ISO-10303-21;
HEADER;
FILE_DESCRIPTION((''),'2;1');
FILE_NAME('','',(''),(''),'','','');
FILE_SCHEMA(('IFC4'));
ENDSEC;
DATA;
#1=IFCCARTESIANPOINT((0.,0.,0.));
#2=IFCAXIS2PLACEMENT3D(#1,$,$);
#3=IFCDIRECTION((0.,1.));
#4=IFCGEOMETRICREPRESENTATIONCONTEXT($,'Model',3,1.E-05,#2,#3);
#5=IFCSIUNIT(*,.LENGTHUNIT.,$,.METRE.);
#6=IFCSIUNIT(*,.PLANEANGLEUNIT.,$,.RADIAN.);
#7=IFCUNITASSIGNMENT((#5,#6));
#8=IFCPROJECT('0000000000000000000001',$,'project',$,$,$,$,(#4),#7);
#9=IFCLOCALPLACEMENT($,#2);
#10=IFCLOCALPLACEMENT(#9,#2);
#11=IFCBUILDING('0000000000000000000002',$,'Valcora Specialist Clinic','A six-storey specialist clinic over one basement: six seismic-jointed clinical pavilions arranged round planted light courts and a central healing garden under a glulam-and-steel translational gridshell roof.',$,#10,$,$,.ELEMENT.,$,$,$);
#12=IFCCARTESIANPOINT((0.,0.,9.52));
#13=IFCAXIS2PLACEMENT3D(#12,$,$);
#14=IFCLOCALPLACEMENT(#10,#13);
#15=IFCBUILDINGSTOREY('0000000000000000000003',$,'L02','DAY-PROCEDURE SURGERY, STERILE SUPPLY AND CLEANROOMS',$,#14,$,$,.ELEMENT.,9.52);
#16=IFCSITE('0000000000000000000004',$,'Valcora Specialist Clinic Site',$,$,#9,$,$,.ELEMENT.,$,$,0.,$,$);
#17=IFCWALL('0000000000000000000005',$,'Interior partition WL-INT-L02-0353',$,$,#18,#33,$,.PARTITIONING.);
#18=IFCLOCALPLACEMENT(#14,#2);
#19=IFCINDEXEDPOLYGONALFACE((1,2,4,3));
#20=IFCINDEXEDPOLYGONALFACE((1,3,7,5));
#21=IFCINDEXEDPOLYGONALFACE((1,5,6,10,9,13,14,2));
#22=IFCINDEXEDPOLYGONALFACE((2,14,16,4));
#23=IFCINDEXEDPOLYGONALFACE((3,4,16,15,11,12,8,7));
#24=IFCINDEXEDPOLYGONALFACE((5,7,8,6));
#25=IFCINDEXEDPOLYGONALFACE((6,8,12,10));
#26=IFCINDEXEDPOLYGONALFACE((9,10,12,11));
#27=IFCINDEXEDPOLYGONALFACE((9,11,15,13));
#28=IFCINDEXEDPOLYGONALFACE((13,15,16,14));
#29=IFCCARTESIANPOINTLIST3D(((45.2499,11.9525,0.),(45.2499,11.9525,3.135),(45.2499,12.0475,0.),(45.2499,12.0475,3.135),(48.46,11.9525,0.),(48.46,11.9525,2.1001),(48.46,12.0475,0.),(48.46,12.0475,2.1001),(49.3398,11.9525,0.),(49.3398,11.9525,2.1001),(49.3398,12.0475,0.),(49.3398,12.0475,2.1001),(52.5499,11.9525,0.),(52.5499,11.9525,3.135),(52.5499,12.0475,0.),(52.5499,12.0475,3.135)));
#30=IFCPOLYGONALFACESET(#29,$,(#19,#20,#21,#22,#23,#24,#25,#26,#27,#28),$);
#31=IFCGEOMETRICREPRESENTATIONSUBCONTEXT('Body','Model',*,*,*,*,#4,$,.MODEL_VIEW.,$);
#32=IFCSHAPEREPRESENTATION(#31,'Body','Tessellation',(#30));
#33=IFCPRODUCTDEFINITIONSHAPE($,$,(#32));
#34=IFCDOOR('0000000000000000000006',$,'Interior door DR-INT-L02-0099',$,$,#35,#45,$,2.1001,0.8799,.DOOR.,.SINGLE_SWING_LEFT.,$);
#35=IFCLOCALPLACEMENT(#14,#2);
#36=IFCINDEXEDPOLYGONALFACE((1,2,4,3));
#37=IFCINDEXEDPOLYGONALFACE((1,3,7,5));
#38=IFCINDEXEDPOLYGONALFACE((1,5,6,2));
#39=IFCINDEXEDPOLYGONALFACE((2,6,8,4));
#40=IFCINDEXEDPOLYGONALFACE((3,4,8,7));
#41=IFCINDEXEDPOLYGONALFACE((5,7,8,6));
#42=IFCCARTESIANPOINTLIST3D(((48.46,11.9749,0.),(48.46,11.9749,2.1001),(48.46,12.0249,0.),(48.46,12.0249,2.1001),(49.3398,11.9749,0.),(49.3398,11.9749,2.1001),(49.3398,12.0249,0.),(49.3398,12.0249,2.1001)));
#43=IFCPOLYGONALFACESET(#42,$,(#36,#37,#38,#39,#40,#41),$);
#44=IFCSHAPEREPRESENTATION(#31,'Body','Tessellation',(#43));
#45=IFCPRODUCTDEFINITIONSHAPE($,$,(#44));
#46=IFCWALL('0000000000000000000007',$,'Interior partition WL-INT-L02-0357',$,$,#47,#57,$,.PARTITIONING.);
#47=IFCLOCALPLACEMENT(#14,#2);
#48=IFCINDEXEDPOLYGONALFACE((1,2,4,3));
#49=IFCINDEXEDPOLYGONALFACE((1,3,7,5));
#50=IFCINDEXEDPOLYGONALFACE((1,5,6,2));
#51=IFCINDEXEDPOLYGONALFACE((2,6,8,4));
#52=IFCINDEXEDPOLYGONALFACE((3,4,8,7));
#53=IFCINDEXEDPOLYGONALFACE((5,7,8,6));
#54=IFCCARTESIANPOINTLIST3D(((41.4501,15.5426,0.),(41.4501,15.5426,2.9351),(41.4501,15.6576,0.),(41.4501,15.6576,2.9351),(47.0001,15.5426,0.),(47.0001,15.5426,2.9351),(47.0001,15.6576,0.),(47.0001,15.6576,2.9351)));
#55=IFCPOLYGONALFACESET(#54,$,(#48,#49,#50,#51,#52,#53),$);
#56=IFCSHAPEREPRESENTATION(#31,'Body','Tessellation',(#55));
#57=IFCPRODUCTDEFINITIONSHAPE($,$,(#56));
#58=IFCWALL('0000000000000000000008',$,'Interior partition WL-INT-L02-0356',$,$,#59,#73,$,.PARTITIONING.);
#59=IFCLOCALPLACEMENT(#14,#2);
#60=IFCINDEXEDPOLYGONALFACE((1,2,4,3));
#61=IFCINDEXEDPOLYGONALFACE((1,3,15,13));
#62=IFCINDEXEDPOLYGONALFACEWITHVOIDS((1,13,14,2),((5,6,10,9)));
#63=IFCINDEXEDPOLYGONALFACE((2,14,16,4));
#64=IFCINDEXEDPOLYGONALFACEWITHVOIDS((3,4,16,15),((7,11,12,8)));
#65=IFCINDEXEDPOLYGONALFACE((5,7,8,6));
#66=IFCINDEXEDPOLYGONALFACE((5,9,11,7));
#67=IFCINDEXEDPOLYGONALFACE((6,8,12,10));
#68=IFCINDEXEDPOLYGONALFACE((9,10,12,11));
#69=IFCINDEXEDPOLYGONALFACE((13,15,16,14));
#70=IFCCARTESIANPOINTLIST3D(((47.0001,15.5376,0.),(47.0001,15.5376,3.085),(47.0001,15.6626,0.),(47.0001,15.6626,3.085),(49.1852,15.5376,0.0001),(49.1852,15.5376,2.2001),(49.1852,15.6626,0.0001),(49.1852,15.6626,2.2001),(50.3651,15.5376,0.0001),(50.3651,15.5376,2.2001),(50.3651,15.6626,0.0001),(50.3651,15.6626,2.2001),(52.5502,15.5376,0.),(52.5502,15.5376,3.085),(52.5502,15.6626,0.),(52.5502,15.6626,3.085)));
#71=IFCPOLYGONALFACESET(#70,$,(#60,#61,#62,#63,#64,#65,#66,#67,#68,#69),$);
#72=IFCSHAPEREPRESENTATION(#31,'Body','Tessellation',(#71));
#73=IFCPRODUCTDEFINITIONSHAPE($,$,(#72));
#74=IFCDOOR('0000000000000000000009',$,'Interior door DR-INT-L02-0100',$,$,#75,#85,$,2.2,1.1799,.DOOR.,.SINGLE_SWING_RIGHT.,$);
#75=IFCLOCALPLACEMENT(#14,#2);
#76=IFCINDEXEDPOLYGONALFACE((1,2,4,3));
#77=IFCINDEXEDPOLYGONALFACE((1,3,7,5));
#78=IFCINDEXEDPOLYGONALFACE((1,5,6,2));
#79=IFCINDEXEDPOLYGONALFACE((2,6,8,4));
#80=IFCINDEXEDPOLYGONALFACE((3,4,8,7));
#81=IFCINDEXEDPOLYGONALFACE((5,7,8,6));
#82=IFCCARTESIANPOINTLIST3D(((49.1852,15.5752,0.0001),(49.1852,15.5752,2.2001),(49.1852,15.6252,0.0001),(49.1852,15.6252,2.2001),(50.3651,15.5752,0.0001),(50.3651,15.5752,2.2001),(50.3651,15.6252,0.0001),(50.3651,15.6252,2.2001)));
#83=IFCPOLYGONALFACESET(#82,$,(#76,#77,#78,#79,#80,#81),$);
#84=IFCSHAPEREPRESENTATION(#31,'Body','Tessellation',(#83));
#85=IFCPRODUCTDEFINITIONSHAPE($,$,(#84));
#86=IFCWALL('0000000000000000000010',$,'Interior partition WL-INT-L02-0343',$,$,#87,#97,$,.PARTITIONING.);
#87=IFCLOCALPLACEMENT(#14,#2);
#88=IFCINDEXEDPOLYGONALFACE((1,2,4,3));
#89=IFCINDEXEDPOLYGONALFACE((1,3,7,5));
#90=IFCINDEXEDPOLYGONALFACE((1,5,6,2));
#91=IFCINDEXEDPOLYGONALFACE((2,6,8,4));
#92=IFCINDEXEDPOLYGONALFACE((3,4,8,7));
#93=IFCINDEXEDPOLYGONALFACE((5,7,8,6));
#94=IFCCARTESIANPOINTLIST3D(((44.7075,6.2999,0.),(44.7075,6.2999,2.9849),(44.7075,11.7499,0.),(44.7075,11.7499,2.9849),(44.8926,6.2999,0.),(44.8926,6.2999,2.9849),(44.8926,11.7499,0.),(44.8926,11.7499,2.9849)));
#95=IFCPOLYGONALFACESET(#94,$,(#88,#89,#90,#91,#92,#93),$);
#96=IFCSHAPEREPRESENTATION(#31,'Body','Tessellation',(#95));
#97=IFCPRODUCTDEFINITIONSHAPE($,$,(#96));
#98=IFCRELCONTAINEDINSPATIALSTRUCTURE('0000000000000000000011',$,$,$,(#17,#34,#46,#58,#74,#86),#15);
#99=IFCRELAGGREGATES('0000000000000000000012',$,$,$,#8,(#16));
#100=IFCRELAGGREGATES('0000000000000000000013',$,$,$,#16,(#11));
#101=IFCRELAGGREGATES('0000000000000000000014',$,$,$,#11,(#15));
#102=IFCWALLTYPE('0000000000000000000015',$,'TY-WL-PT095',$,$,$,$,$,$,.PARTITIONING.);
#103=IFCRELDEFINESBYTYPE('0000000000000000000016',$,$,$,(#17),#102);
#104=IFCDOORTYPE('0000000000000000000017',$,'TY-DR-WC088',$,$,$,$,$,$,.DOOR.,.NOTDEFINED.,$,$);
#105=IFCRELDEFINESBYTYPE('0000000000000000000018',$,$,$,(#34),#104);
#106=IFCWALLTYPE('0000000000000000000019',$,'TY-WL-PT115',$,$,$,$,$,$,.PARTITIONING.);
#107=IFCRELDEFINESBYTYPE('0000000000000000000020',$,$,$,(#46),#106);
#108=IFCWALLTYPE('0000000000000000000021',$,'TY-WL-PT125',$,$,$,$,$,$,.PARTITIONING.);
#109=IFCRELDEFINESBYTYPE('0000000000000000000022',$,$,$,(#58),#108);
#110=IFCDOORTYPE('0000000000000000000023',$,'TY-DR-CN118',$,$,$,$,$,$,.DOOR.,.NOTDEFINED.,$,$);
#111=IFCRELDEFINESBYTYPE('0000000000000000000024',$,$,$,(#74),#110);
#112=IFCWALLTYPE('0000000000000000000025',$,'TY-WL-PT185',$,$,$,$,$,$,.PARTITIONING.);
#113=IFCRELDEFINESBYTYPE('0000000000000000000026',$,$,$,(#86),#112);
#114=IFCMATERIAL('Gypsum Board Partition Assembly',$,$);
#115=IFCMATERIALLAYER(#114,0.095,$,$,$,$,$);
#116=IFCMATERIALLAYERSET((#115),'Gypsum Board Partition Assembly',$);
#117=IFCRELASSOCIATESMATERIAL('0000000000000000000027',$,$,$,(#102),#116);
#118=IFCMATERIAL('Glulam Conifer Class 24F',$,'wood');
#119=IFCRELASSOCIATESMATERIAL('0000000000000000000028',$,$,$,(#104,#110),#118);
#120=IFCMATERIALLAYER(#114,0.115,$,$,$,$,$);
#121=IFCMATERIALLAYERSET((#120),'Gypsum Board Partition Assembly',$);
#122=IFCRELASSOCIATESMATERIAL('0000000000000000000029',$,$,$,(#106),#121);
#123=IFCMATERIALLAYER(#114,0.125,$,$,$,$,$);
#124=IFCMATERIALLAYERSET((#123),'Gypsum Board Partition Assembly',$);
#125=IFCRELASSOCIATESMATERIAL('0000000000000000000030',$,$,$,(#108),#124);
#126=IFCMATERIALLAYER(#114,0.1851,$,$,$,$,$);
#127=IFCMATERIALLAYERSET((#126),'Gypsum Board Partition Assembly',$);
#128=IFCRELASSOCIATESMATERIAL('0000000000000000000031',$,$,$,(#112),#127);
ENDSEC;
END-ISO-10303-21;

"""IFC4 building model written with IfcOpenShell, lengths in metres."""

from ifc_helpers import new_model, si_unit, direction, frame, frame_2d, origin, place, context, subcontext, project, spatial, rectangle, extrude, material, layer, layer_set, type_object, element, fill, save


model = new_model("IFC4")

# Units and contexts
model_context = context("Model", 3, precision=1e-05, world=origin(), true_north=direction((0.0, 1.0)))
body_context = subcontext(model_context, "Body", "Model", "MODEL_VIEW")
ifc_project = project(units=[si_unit("LENGTHUNIT", "METRE"), si_unit("PLANEANGLEUNIT", "RADIAN")], contexts=[model_context])

# Site, building, storey
site_placement = place(None, origin())
site = spatial("IfcSite", under=ifc_project, at=site_placement, Name="Valcora Specialist Clinic Site", CompositionType="ELEMENT", RefElevation=0.0)
building_placement = place(site_placement, origin())
building = spatial("IfcBuilding", under=site, at=building_placement, Name="Valcora Specialist Clinic", Description="A six-storey specialist clinic over one basement: six seismic-jointed clinical pavilions arranged round planted light courts and a central healing garden under a glulam-and-steel translational gridshell roof.", CompositionType="ELEMENT")
storey_placement = place(building_placement, frame((0.0, 0.0, 9.52)))
storey = spatial("IfcBuildingStorey", under=building, at=storey_placement, Name="L02", Description="DAY-PROCEDURE SURGERY, STERILE SUPPLY AND CLEANROOMS", CompositionType="ELEMENT", Elevation=9.52)

# Wall, opening, door
ifc_material_1 = material(Name="Gypsum Board Partition Assembly")
ifc_layer_1 = layer(ifc_material_1, 0.095)
ifc_layer_set_1 = layer_set([ifc_layer_1], Name="Gypsum Board Partition Assembly")
wall_type_1 = type_object("IfcWallType", Name="TY-WL-PT095", PredefinedType="PARTITIONING", material=ifc_layer_set_1)
wall_1_placement = place(storey_placement, frame((45.25, 12.0, 0.0), z_axis=(0.0, 0.0, 1.0), x_axis=(1.0, 0.0, 0.0)))
wall_1 = element("IfcWall", 1, at=wall_1_placement, inside=storey, type_object=wall_type_1, Name="Interior partition WL-INT-L02-0353", PredefinedType="PARTITIONING", context=body_context, shape_type="SweptSolid", body=[
    extrude(rectangle(XDim=7.3, YDim=0.095, at=frame_2d((3.6499, 0.0))), origin(), (0.0, 0.0, 1.0), 3.135),
])
opening_1_placement = place(wall_1_placement, frame((3.21, 0.0, 0.0)))
opening_1 = element("IfcOpeningElement", 2, at=opening_1_placement, cuts=wall_1, PredefinedType="OPENING", context=body_context, shape_type="SweptSolid", body=[
    extrude(rectangle(XDim=0.8799, YDim=2.1001, at=frame_2d((0.4399, 1.05))), frame((0.0, 0.0574, 0.0), z_axis=(0.0, -1.0, 0.0), x_axis=(1.0, 0.0, 0.0)), (0.0, 0.0, 1.0), 0.115),
])
ifc_material_2 = material(Name="Glulam Conifer Class 24F", Category="wood")
door_type_1 = type_object("IfcDoorType", Name="TY-DR-WC088", OperationType="NOTDEFINED", PredefinedType="DOOR", material=ifc_material_2)
door_1_placement = place(opening_1_placement, origin())
door_1 = element("IfcDoor", 3, at=door_1_placement, inside=storey, type_object=door_type_1, Name="Interior door DR-INT-L02-0099", OperationType="SINGLE_SWING_LEFT", OverallHeight=2.1001, OverallWidth=0.8799, PredefinedType="DOOR", context=body_context, shape_type="SweptSolid", body=[
    extrude(rectangle(XDim=0.8799, YDim=2.1001, at=frame_2d((0.4399, 1.05))), frame((0.0, 0.0249, 0.0), z_axis=(0.0, -1.0, 0.0), x_axis=(1.0, 0.0, 0.0)), (0.0, 0.0, 1.0), 0.05),
])
fill(opening_1, door_1)

# Wall
ifc_layer_2 = layer(ifc_material_1, 0.115)
ifc_layer_set_2 = layer_set([ifc_layer_2], Name="Gypsum Board Partition Assembly")
wall_type_2 = type_object("IfcWallType", Name="TY-WL-PT115", PredefinedType="PARTITIONING", material=ifc_layer_set_2)
wall_2_placement = place(storey_placement, frame((47.0, 15.6001, 0.0), z_axis=(0.0, 0.0, 1.0), x_axis=(-1.0, 0.0, 0.0)))
element("IfcWall", 4, at=wall_2_placement, inside=storey, type_object=wall_type_2, Name="Interior partition WL-INT-L02-0357", PredefinedType="PARTITIONING", context=body_context, shape_type="SweptSolid", body=[
    extrude(rectangle(XDim=5.55, YDim=0.115, at=frame_2d((2.7749, 0.0))), origin(), (0.0, 0.0, 1.0), 2.9351),
])

# Wall, opening, door
ifc_layer_3 = layer(ifc_material_1, 0.125)
ifc_layer_set_3 = layer_set([ifc_layer_3], Name="Gypsum Board Partition Assembly")
wall_type_3 = type_object("IfcWallType", Name="TY-WL-PT125", PredefinedType="PARTITIONING", material=ifc_layer_set_3)
wall_3_placement = place(storey_placement, frame((52.55, 15.6001, 0.0), z_axis=(0.0, 0.0, 1.0), x_axis=(-1.0, 0.0, 0.0)))
wall_3 = element("IfcWall", 5, at=wall_3_placement, inside=storey, type_object=wall_type_3, Name="Interior partition WL-INT-L02-0356", PredefinedType="PARTITIONING", context=body_context, shape_type="SweptSolid", body=[
    extrude(rectangle(XDim=5.55, YDim=0.125, at=frame_2d((2.7749, 0.0))), origin(), (0.0, 0.0, 1.0), 3.085),
])
opening_2_placement = place(wall_3_placement, frame((2.1851, 0.0, 0.0)))
opening_2 = element("IfcOpeningElement", 6, at=opening_2_placement, cuts=wall_3, PredefinedType="OPENING", context=body_context, shape_type="SweptSolid", body=[
    extrude(rectangle(XDim=1.1799, YDim=2.2, at=frame_2d((0.5898, 1.1001))), frame((0.0, 0.0725, 0.0), z_axis=(0.0, -1.0, 0.0), x_axis=(1.0, 0.0, 0.0)), (0.0, 0.0, 1.0), 0.145),
])
door_type_2 = type_object("IfcDoorType", Name="TY-DR-CN118", OperationType="NOTDEFINED", PredefinedType="DOOR", material=ifc_material_2)
door_2_placement = place(opening_2_placement, origin())
door_2 = element("IfcDoor", 7, at=door_2_placement, inside=storey, type_object=door_type_2, Name="Interior door DR-INT-L02-0100", OperationType="SINGLE_SWING_RIGHT", OverallHeight=2.2, OverallWidth=1.1799, PredefinedType="DOOR", context=body_context, shape_type="SweptSolid", body=[
    extrude(rectangle(XDim=1.1799, YDim=2.2, at=frame_2d((0.5898, 1.1001))), frame((0.0, 0.0249, 0.0), z_axis=(0.0, -1.0, 0.0), x_axis=(1.0, 0.0, 0.0)), (0.0, 0.0, 1.0), 0.05),
])
fill(opening_2, door_2)

# Wall
ifc_layer_4 = layer(ifc_material_1, 0.1851)
ifc_layer_set_4 = layer_set([ifc_layer_4], Name="Gypsum Board Partition Assembly")
wall_type_4 = type_object("IfcWallType", Name="TY-WL-PT185", PredefinedType="PARTITIONING", material=ifc_layer_set_4)
wall_4_placement = place(storey_placement, frame((44.8, 11.75, 0.0), z_axis=(0.0, 0.0, 1.0), x_axis=(0.0, -1.0, 0.0)))
element("IfcWall", 8, at=wall_4_placement, inside=storey, type_object=wall_type_4, Name="Interior partition WL-INT-L02-0343", PredefinedType="PARTITIONING", context=body_context, shape_type="SweptSolid", body=[
    extrude(rectangle(XDim=5.45, YDim=0.1851, at=frame_2d((2.7251, 0.0))), origin(), (0.0, 0.0, 1.0), 2.9849),
])

save(model, "model.ifc")
